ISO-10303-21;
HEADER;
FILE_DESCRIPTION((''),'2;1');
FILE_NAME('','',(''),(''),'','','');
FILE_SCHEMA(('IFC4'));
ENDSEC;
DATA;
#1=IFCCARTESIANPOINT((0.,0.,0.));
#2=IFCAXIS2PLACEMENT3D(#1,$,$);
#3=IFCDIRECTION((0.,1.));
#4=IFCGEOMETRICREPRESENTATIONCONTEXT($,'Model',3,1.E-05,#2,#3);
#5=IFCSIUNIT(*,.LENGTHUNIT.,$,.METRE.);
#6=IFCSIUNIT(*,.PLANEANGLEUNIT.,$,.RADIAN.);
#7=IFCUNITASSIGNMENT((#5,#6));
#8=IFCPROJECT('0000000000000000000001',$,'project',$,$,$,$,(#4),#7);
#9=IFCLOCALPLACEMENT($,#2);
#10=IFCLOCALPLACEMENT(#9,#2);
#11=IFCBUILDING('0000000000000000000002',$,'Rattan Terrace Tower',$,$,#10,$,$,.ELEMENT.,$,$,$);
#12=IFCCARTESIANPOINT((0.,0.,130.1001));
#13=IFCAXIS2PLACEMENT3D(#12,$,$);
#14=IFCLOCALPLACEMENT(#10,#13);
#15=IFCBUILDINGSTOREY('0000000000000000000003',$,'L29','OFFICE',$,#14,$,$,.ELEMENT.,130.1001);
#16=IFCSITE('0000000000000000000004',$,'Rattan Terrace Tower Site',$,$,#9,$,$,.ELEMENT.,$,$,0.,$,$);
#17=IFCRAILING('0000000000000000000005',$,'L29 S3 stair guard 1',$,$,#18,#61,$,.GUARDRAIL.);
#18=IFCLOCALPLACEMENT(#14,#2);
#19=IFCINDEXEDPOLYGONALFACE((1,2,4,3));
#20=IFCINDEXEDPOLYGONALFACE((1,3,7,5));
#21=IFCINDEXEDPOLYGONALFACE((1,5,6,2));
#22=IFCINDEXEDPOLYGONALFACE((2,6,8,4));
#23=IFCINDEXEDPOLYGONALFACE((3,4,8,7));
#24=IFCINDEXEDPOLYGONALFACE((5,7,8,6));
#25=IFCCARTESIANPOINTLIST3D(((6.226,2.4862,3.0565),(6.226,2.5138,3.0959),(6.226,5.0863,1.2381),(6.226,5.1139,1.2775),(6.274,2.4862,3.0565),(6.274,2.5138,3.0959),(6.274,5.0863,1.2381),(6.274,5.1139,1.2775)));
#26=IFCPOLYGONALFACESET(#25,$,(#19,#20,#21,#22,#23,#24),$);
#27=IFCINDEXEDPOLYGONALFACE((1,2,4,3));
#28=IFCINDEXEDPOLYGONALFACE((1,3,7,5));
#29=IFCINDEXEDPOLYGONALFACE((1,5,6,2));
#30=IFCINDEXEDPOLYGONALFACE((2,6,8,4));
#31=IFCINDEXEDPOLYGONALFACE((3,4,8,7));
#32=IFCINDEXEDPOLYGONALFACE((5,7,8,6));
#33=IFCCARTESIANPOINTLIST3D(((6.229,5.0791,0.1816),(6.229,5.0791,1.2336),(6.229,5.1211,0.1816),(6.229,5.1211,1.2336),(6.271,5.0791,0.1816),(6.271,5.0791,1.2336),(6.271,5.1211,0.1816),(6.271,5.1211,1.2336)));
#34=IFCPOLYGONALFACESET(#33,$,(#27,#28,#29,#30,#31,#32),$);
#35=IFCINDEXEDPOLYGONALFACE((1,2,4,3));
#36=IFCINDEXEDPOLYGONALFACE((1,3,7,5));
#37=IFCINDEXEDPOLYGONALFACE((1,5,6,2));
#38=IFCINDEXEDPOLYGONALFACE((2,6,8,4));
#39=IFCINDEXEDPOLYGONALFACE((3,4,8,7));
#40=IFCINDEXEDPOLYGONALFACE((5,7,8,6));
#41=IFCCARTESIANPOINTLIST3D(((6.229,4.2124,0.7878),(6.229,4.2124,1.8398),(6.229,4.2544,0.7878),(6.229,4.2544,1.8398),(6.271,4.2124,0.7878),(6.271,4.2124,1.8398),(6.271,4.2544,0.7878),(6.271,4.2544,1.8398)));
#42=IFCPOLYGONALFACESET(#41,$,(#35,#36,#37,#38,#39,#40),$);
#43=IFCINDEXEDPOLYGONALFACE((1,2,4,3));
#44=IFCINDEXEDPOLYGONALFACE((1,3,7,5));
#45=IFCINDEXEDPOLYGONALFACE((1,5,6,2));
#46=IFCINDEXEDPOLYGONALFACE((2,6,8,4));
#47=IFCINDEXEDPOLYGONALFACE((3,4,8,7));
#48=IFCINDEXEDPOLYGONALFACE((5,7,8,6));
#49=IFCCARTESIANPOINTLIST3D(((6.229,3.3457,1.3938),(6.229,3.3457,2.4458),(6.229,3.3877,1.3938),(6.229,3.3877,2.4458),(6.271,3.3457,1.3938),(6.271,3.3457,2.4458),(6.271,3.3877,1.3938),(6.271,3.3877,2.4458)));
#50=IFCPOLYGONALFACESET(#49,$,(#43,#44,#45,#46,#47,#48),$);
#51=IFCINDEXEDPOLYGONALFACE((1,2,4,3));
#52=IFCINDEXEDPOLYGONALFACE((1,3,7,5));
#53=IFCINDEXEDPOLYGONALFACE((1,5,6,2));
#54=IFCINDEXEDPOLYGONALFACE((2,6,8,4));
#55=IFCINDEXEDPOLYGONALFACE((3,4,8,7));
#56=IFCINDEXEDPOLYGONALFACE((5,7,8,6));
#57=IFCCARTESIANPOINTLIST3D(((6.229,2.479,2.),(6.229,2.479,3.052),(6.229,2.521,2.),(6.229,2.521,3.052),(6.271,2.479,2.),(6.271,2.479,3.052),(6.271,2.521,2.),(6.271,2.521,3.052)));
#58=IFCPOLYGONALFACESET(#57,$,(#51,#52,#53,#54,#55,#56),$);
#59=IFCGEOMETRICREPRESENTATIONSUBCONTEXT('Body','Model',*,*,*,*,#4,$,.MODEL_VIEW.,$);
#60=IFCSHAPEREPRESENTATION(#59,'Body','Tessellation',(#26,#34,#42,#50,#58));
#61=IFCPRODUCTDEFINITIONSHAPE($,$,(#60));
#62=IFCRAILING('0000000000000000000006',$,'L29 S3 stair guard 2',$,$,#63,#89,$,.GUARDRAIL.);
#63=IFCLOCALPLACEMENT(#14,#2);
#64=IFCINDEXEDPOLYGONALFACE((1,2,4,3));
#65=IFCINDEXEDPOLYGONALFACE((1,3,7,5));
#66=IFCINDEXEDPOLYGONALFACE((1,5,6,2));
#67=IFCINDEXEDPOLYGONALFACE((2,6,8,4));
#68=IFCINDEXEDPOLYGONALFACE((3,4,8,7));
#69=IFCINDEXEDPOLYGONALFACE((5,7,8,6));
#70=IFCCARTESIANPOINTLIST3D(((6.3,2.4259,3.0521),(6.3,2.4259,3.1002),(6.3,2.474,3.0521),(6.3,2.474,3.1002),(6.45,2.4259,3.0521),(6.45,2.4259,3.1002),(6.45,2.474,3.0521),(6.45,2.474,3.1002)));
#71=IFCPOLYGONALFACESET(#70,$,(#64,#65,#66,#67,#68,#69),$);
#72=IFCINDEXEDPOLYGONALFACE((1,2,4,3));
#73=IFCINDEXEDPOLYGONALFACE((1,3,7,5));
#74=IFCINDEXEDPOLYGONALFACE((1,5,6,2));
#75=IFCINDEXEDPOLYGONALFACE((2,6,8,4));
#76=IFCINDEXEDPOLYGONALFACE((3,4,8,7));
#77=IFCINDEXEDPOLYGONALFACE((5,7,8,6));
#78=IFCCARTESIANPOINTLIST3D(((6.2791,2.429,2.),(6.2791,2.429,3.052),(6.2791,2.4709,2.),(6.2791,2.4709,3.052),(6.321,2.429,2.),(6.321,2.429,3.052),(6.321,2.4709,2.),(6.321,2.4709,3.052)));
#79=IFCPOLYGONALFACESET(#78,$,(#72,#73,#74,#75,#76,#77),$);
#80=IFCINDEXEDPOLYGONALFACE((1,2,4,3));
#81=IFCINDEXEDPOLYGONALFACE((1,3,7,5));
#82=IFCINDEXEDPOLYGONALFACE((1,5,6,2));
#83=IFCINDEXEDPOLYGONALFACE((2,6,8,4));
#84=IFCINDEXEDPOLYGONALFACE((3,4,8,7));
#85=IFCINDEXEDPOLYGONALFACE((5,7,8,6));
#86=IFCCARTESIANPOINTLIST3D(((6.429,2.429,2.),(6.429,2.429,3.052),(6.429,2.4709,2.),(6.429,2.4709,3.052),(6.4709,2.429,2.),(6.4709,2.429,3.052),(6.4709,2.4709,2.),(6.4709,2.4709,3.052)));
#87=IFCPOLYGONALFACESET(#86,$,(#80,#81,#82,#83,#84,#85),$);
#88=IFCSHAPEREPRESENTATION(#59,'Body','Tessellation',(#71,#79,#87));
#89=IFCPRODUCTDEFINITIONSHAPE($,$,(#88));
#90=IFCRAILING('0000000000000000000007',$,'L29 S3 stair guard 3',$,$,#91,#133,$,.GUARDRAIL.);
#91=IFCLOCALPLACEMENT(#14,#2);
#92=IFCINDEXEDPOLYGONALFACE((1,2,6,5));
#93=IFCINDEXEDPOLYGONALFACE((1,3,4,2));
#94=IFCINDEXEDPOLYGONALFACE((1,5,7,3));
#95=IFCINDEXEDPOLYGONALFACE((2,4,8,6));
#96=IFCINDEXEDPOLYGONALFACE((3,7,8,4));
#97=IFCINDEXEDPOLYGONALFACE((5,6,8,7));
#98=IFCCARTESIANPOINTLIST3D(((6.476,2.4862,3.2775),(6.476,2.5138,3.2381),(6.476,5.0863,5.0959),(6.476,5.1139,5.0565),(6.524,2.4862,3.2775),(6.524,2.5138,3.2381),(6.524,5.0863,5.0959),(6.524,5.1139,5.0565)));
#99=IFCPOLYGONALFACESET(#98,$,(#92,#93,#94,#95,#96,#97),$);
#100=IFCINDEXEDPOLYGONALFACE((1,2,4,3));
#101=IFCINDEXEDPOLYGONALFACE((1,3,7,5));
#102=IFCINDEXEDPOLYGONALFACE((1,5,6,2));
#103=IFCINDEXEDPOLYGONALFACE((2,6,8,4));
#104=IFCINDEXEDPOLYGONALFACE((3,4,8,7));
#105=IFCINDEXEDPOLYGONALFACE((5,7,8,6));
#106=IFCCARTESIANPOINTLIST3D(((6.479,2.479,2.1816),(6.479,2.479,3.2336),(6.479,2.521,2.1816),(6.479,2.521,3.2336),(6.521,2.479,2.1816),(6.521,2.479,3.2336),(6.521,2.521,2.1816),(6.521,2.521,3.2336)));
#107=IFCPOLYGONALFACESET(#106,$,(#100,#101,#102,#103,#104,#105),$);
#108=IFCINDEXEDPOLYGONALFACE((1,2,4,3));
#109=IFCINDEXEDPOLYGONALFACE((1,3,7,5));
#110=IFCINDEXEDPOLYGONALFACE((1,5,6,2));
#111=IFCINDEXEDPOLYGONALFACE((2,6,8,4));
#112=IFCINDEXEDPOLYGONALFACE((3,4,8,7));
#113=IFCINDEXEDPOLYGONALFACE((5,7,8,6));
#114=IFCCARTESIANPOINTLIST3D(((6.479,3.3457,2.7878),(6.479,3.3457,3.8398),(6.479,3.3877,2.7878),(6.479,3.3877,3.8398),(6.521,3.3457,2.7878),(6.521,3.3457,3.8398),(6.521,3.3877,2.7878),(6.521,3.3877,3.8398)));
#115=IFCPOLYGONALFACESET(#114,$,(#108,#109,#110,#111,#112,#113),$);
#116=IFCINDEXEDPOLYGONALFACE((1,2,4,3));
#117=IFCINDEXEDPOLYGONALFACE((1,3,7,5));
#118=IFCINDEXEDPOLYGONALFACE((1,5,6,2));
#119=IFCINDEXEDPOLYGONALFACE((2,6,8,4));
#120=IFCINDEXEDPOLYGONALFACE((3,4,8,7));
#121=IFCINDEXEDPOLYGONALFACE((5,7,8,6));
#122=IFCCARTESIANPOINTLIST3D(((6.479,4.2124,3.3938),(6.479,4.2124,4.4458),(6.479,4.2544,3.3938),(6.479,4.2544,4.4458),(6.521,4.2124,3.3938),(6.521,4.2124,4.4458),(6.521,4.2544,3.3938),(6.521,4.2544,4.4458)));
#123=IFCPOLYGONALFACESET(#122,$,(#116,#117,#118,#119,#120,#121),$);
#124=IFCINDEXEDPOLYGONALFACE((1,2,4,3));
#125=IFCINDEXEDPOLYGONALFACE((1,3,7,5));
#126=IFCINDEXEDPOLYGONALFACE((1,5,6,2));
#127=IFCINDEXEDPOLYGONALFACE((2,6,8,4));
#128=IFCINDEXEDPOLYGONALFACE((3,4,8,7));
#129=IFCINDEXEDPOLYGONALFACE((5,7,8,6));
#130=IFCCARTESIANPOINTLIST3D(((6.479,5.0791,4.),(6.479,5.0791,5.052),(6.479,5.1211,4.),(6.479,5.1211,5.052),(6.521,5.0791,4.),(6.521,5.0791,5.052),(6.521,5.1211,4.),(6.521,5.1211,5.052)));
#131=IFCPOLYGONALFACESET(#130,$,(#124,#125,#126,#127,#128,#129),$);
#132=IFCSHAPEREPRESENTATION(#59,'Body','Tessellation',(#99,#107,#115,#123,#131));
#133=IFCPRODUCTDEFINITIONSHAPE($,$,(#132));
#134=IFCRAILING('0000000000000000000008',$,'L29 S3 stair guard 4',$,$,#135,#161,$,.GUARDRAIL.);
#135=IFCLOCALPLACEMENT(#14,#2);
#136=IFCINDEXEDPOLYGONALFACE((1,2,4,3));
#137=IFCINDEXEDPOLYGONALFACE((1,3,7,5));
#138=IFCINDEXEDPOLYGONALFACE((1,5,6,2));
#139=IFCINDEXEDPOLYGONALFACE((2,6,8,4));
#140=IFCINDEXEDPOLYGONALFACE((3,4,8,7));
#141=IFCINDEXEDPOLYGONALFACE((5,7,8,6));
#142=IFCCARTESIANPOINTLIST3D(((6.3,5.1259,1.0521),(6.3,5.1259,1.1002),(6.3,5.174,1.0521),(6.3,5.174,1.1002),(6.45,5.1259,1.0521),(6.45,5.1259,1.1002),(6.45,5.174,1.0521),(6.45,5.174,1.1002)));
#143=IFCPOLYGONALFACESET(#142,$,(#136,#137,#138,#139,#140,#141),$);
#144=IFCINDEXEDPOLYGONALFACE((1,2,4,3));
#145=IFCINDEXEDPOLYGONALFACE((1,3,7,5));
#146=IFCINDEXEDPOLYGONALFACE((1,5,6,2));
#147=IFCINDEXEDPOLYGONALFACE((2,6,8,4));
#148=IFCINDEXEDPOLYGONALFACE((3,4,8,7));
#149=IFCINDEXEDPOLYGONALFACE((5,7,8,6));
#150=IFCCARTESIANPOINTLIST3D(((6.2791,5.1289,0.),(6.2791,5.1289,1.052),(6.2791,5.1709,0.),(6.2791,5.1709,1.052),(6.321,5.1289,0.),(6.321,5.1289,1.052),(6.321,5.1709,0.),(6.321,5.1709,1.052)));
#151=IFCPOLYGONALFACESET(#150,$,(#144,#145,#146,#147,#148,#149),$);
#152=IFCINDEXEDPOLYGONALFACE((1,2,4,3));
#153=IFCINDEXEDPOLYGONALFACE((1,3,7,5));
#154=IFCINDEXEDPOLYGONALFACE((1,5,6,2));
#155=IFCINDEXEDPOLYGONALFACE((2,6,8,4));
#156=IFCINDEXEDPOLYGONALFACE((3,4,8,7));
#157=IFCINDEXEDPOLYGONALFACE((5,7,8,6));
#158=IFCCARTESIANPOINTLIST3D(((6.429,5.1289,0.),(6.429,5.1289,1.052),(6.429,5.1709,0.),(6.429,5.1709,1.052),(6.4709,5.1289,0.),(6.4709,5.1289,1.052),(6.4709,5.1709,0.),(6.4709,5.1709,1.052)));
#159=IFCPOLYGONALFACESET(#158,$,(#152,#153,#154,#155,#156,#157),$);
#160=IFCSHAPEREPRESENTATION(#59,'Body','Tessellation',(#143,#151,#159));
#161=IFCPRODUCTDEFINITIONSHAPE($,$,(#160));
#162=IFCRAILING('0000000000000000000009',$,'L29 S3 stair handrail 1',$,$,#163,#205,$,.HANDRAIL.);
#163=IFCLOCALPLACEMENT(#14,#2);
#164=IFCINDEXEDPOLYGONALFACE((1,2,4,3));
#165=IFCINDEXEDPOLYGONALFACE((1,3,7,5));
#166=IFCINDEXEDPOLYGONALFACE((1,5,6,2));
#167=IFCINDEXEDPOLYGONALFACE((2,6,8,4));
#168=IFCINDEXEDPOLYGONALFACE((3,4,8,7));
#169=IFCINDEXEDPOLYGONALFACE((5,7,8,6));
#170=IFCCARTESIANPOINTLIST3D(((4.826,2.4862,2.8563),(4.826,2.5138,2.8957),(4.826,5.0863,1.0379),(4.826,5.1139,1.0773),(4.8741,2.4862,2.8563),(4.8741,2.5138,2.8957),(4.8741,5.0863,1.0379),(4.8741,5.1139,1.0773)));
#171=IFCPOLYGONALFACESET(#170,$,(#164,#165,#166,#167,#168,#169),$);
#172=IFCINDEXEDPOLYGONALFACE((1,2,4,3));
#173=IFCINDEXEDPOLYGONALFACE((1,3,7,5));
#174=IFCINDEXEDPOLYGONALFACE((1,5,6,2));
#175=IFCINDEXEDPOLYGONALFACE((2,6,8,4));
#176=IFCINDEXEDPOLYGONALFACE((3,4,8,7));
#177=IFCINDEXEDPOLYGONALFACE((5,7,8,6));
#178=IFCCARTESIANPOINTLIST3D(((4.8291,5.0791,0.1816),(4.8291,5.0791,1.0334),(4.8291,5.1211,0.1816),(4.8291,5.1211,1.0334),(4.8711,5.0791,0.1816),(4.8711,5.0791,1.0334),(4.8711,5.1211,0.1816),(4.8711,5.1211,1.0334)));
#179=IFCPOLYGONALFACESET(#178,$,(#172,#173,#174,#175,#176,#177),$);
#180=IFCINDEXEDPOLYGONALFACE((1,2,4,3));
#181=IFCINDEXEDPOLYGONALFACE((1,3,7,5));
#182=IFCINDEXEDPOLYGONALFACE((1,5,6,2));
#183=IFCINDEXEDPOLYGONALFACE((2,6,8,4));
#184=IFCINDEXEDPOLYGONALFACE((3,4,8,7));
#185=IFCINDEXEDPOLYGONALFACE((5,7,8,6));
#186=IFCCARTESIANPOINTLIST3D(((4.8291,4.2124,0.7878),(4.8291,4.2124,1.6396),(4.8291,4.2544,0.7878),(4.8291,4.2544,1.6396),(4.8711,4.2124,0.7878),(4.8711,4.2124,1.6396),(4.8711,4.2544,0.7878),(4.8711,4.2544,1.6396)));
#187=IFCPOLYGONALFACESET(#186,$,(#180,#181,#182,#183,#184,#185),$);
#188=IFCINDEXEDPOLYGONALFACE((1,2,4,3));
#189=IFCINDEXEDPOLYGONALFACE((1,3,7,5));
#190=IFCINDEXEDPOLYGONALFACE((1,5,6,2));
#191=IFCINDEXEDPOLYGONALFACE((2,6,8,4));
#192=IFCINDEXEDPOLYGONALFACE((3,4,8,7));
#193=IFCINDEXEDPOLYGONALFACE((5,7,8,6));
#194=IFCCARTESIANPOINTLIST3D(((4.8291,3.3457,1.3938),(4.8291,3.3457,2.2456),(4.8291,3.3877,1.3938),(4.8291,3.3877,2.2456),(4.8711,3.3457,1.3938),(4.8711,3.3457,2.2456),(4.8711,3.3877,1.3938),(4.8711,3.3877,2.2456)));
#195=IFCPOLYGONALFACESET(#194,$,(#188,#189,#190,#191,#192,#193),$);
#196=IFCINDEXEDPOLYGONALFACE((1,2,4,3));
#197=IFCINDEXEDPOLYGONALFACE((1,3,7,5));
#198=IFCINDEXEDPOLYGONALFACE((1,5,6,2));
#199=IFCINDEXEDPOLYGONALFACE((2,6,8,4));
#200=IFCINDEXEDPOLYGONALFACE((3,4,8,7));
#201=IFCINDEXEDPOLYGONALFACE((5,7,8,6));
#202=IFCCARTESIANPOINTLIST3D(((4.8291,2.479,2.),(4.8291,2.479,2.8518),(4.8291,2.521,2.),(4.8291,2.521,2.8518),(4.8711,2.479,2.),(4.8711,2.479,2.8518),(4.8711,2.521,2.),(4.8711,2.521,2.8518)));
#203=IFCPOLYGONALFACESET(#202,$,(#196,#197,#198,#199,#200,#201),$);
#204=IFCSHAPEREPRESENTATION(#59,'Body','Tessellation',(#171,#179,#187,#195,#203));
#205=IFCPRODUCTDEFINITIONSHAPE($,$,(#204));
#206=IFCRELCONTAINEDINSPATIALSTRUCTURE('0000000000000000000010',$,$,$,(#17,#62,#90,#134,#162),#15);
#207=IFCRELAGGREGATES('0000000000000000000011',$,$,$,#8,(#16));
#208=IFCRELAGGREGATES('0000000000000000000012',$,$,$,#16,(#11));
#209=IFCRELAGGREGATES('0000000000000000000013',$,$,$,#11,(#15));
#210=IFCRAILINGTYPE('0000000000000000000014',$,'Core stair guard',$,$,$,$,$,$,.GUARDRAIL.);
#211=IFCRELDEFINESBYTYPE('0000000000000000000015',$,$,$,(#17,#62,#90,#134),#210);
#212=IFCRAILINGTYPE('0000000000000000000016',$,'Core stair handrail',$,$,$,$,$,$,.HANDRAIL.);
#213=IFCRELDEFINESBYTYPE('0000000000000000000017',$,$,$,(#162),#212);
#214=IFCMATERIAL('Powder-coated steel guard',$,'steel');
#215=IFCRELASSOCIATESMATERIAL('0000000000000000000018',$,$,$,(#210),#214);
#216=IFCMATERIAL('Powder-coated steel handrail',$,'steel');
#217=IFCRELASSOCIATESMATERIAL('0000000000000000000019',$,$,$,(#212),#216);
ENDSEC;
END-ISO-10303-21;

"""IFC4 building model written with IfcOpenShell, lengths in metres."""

from ifc_helpers import new_model, si_unit, direction, frame, origin, origin_2d, place, context, subcontext, project, spatial, rectangle, extrude, material, type_object, element, save


model = new_model("IFC4")

# Units and contexts
model_context = context("Model", 3, precision=1e-05, world=origin(), true_north=direction((0.0, 1.0)))
body_context = subcontext(model_context, "Body", "Model", "MODEL_VIEW")
ifc_project = project(units=[si_unit("LENGTHUNIT", "METRE"), si_unit("PLANEANGLEUNIT", "RADIAN")], contexts=[model_context])

# Site, building, storey
site_placement = place(None, origin())
site = spatial("IfcSite", under=ifc_project, at=site_placement, Name="Rattan Terrace Tower Site", CompositionType="ELEMENT", RefElevation=0.0)
building_placement = place(site_placement, origin())
building = spatial("IfcBuilding", under=site, at=building_placement, Name="Rattan Terrace Tower", CompositionType="ELEMENT")
storey_placement = place(building_placement, frame((0.0, 0.0, 130.1001)))
storey = spatial("IfcBuildingStorey", under=building, at=storey_placement, Name="L29", Description="OFFICE", CompositionType="ELEMENT", Elevation=130.1001)

# Railings
ifc_material_1 = material(Name="Powder-coated steel guard", Category="steel")
railing_type_1 = type_object("IfcRailingType", Name="Core stair guard", PredefinedType="GUARDRAIL", material=ifc_material_1)
railing_1_placement = place(storey_placement, frame((6.25, 5.1001, 0.1816)))
element("IfcRailing", 1, at=railing_1_placement, inside=storey, type_object=railing_type_1, Name="L29 S3 stair guard 1", PredefinedType="GUARDRAIL", context=body_context, shape_type="SweptSolid", body=[
    extrude(rectangle(XDim=0.0481, YDim=0.0481, at=origin_2d()), frame((0.0, 0.0, 1.0762), z_axis=(0.0, -0.819485, 0.573101), x_axis=(1.0, 0.0, 0.0)), (0.0, 0.0, 1.0), 3.1729),
    extrude(rectangle(XDim=0.042, YDim=0.042, at=origin_2d()), origin(), (0.0, 0.0, 1.0), 1.052),
    extrude(rectangle(XDim=0.042, YDim=0.042, at=origin_2d()), frame((0.0, -0.8667, 0.6062)), (0.0, 0.0, 1.0), 1.052),
    extrude(rectangle(XDim=0.042, YDim=0.042, at=origin_2d()), frame((0.0, -1.7334, 1.2122)), (0.0, 0.0, 1.0), 1.052),
    extrude(rectangle(XDim=0.042, YDim=0.042, at=origin_2d()), frame((0.0, -2.6001, 1.8184)), (0.0, 0.0, 1.0), 1.052),
])
railing_2_placement = place(storey_placement, frame((6.3, 2.45, 2.0)))
element("IfcRailing", 2, at=railing_2_placement, inside=storey, type_object=railing_type_1, Name="L29 S3 stair guard 2", PredefinedType="GUARDRAIL", context=body_context, shape_type="SweptSolid", body=[
    extrude(rectangle(XDim=0.0481, YDim=0.0481, at=origin_2d()), frame((0.0, 0.0, 1.0762), z_axis=(1.0, 0.0, 0.0), x_axis=(0.0, 1.0, 0.0)), (0.0, 0.0, 1.0), 0.1499),
    extrude(rectangle(XDim=0.042, YDim=0.042, at=origin_2d()), origin(), (0.0, 0.0, 1.0), 1.052),
    extrude(rectangle(XDim=0.042, YDim=0.042, at=origin_2d()), frame((0.1499, 0.0, 0.0)), (0.0, 0.0, 1.0), 1.052),
])
railing_3_placement = place(storey_placement, frame((6.5, 2.5, 2.1816)))
element("IfcRailing", 3, at=railing_3_placement, inside=storey, type_object=railing_type_1, Name="L29 S3 stair guard 3", PredefinedType="GUARDRAIL", context=body_context, shape_type="SweptSolid", body=[
    extrude(rectangle(XDim=0.0481, YDim=0.0481, at=origin_2d()), frame((0.0, 0.0, 1.0762), z_axis=(0.0, 0.819485, 0.573101), x_axis=(-1.0, 0.0, 0.0)), (0.0, 0.0, 1.0), 3.1729),
    extrude(rectangle(XDim=0.042, YDim=0.042, at=origin_2d()), origin(), (0.0, 0.0, 1.0), 1.052),
    extrude(rectangle(XDim=0.042, YDim=0.042, at=origin_2d()), frame((0.0, 0.8667, 0.6062)), (0.0, 0.0, 1.0), 1.052),
    extrude(rectangle(XDim=0.042, YDim=0.042, at=origin_2d()), frame((0.0, 1.7334, 1.2122)), (0.0, 0.0, 1.0), 1.052),
    extrude(rectangle(XDim=0.042, YDim=0.042, at=origin_2d()), frame((0.0, 2.6001, 1.8184)), (0.0, 0.0, 1.0), 1.052),
])
railing_4_placement = place(storey_placement, frame((6.3, 5.1499, 0.0)))
element("IfcRailing", 4, at=railing_4_placement, inside=storey, type_object=railing_type_1, Name="L29 S3 stair guard 4", PredefinedType="GUARDRAIL", context=body_context, shape_type="SweptSolid", body=[
    extrude(rectangle(XDim=0.0481, YDim=0.0481, at=origin_2d()), frame((0.0, 0.0, 1.0762), z_axis=(1.0, 0.0, 0.0), x_axis=(0.0, 1.0, 0.0)), (0.0, 0.0, 1.0), 0.1499),
    extrude(rectangle(XDim=0.042, YDim=0.042, at=origin_2d()), origin(), (0.0, 0.0, 1.0), 1.052),
    extrude(rectangle(XDim=0.042, YDim=0.042, at=origin_2d()), frame((0.1499, 0.0, 0.0)), (0.0, 0.0, 1.0), 1.052),
])
ifc_material_2 = material(Name="Powder-coated steel handrail", Category="steel")
railing_type_2 = type_object("IfcRailingType", Name="Core stair handrail", PredefinedType="HANDRAIL", material=ifc_material_2)
railing_5_placement = place(storey_placement, frame((4.8501, 5.1001, 0.1816)))
element("IfcRailing", 5, at=railing_5_placement, inside=storey, type_object=railing_type_2, Name="L29 S3 stair handrail 1", PredefinedType="HANDRAIL", context=body_context, shape_type="SweptSolid", body=[
    extrude(rectangle(XDim=0.0481, YDim=0.0481, at=origin_2d()), frame((0.0, 0.0, 0.876), z_axis=(0.0, -0.819485, 0.573101), x_axis=(1.0, 0.0, 0.0)), (0.0, 0.0, 1.0), 3.1729),
    extrude(rectangle(XDim=0.042, YDim=0.042, at=origin_2d()), origin(), (0.0, 0.0, 1.0), 0.8518),
    extrude(rectangle(XDim=0.042, YDim=0.042, at=origin_2d()), frame((0.0, -0.8667, 0.6062)), (0.0, 0.0, 1.0), 0.8518),
    extrude(rectangle(XDim=0.042, YDim=0.042, at=origin_2d()), frame((0.0, -1.7334, 1.2122)), (0.0, 0.0, 1.0), 0.8518),
    extrude(rectangle(XDim=0.042, YDim=0.042, at=origin_2d()), frame((0.0, -2.6001, 1.8184)), (0.0, 0.0, 1.0), 0.8518),
])

save(model, "model.ifc")
